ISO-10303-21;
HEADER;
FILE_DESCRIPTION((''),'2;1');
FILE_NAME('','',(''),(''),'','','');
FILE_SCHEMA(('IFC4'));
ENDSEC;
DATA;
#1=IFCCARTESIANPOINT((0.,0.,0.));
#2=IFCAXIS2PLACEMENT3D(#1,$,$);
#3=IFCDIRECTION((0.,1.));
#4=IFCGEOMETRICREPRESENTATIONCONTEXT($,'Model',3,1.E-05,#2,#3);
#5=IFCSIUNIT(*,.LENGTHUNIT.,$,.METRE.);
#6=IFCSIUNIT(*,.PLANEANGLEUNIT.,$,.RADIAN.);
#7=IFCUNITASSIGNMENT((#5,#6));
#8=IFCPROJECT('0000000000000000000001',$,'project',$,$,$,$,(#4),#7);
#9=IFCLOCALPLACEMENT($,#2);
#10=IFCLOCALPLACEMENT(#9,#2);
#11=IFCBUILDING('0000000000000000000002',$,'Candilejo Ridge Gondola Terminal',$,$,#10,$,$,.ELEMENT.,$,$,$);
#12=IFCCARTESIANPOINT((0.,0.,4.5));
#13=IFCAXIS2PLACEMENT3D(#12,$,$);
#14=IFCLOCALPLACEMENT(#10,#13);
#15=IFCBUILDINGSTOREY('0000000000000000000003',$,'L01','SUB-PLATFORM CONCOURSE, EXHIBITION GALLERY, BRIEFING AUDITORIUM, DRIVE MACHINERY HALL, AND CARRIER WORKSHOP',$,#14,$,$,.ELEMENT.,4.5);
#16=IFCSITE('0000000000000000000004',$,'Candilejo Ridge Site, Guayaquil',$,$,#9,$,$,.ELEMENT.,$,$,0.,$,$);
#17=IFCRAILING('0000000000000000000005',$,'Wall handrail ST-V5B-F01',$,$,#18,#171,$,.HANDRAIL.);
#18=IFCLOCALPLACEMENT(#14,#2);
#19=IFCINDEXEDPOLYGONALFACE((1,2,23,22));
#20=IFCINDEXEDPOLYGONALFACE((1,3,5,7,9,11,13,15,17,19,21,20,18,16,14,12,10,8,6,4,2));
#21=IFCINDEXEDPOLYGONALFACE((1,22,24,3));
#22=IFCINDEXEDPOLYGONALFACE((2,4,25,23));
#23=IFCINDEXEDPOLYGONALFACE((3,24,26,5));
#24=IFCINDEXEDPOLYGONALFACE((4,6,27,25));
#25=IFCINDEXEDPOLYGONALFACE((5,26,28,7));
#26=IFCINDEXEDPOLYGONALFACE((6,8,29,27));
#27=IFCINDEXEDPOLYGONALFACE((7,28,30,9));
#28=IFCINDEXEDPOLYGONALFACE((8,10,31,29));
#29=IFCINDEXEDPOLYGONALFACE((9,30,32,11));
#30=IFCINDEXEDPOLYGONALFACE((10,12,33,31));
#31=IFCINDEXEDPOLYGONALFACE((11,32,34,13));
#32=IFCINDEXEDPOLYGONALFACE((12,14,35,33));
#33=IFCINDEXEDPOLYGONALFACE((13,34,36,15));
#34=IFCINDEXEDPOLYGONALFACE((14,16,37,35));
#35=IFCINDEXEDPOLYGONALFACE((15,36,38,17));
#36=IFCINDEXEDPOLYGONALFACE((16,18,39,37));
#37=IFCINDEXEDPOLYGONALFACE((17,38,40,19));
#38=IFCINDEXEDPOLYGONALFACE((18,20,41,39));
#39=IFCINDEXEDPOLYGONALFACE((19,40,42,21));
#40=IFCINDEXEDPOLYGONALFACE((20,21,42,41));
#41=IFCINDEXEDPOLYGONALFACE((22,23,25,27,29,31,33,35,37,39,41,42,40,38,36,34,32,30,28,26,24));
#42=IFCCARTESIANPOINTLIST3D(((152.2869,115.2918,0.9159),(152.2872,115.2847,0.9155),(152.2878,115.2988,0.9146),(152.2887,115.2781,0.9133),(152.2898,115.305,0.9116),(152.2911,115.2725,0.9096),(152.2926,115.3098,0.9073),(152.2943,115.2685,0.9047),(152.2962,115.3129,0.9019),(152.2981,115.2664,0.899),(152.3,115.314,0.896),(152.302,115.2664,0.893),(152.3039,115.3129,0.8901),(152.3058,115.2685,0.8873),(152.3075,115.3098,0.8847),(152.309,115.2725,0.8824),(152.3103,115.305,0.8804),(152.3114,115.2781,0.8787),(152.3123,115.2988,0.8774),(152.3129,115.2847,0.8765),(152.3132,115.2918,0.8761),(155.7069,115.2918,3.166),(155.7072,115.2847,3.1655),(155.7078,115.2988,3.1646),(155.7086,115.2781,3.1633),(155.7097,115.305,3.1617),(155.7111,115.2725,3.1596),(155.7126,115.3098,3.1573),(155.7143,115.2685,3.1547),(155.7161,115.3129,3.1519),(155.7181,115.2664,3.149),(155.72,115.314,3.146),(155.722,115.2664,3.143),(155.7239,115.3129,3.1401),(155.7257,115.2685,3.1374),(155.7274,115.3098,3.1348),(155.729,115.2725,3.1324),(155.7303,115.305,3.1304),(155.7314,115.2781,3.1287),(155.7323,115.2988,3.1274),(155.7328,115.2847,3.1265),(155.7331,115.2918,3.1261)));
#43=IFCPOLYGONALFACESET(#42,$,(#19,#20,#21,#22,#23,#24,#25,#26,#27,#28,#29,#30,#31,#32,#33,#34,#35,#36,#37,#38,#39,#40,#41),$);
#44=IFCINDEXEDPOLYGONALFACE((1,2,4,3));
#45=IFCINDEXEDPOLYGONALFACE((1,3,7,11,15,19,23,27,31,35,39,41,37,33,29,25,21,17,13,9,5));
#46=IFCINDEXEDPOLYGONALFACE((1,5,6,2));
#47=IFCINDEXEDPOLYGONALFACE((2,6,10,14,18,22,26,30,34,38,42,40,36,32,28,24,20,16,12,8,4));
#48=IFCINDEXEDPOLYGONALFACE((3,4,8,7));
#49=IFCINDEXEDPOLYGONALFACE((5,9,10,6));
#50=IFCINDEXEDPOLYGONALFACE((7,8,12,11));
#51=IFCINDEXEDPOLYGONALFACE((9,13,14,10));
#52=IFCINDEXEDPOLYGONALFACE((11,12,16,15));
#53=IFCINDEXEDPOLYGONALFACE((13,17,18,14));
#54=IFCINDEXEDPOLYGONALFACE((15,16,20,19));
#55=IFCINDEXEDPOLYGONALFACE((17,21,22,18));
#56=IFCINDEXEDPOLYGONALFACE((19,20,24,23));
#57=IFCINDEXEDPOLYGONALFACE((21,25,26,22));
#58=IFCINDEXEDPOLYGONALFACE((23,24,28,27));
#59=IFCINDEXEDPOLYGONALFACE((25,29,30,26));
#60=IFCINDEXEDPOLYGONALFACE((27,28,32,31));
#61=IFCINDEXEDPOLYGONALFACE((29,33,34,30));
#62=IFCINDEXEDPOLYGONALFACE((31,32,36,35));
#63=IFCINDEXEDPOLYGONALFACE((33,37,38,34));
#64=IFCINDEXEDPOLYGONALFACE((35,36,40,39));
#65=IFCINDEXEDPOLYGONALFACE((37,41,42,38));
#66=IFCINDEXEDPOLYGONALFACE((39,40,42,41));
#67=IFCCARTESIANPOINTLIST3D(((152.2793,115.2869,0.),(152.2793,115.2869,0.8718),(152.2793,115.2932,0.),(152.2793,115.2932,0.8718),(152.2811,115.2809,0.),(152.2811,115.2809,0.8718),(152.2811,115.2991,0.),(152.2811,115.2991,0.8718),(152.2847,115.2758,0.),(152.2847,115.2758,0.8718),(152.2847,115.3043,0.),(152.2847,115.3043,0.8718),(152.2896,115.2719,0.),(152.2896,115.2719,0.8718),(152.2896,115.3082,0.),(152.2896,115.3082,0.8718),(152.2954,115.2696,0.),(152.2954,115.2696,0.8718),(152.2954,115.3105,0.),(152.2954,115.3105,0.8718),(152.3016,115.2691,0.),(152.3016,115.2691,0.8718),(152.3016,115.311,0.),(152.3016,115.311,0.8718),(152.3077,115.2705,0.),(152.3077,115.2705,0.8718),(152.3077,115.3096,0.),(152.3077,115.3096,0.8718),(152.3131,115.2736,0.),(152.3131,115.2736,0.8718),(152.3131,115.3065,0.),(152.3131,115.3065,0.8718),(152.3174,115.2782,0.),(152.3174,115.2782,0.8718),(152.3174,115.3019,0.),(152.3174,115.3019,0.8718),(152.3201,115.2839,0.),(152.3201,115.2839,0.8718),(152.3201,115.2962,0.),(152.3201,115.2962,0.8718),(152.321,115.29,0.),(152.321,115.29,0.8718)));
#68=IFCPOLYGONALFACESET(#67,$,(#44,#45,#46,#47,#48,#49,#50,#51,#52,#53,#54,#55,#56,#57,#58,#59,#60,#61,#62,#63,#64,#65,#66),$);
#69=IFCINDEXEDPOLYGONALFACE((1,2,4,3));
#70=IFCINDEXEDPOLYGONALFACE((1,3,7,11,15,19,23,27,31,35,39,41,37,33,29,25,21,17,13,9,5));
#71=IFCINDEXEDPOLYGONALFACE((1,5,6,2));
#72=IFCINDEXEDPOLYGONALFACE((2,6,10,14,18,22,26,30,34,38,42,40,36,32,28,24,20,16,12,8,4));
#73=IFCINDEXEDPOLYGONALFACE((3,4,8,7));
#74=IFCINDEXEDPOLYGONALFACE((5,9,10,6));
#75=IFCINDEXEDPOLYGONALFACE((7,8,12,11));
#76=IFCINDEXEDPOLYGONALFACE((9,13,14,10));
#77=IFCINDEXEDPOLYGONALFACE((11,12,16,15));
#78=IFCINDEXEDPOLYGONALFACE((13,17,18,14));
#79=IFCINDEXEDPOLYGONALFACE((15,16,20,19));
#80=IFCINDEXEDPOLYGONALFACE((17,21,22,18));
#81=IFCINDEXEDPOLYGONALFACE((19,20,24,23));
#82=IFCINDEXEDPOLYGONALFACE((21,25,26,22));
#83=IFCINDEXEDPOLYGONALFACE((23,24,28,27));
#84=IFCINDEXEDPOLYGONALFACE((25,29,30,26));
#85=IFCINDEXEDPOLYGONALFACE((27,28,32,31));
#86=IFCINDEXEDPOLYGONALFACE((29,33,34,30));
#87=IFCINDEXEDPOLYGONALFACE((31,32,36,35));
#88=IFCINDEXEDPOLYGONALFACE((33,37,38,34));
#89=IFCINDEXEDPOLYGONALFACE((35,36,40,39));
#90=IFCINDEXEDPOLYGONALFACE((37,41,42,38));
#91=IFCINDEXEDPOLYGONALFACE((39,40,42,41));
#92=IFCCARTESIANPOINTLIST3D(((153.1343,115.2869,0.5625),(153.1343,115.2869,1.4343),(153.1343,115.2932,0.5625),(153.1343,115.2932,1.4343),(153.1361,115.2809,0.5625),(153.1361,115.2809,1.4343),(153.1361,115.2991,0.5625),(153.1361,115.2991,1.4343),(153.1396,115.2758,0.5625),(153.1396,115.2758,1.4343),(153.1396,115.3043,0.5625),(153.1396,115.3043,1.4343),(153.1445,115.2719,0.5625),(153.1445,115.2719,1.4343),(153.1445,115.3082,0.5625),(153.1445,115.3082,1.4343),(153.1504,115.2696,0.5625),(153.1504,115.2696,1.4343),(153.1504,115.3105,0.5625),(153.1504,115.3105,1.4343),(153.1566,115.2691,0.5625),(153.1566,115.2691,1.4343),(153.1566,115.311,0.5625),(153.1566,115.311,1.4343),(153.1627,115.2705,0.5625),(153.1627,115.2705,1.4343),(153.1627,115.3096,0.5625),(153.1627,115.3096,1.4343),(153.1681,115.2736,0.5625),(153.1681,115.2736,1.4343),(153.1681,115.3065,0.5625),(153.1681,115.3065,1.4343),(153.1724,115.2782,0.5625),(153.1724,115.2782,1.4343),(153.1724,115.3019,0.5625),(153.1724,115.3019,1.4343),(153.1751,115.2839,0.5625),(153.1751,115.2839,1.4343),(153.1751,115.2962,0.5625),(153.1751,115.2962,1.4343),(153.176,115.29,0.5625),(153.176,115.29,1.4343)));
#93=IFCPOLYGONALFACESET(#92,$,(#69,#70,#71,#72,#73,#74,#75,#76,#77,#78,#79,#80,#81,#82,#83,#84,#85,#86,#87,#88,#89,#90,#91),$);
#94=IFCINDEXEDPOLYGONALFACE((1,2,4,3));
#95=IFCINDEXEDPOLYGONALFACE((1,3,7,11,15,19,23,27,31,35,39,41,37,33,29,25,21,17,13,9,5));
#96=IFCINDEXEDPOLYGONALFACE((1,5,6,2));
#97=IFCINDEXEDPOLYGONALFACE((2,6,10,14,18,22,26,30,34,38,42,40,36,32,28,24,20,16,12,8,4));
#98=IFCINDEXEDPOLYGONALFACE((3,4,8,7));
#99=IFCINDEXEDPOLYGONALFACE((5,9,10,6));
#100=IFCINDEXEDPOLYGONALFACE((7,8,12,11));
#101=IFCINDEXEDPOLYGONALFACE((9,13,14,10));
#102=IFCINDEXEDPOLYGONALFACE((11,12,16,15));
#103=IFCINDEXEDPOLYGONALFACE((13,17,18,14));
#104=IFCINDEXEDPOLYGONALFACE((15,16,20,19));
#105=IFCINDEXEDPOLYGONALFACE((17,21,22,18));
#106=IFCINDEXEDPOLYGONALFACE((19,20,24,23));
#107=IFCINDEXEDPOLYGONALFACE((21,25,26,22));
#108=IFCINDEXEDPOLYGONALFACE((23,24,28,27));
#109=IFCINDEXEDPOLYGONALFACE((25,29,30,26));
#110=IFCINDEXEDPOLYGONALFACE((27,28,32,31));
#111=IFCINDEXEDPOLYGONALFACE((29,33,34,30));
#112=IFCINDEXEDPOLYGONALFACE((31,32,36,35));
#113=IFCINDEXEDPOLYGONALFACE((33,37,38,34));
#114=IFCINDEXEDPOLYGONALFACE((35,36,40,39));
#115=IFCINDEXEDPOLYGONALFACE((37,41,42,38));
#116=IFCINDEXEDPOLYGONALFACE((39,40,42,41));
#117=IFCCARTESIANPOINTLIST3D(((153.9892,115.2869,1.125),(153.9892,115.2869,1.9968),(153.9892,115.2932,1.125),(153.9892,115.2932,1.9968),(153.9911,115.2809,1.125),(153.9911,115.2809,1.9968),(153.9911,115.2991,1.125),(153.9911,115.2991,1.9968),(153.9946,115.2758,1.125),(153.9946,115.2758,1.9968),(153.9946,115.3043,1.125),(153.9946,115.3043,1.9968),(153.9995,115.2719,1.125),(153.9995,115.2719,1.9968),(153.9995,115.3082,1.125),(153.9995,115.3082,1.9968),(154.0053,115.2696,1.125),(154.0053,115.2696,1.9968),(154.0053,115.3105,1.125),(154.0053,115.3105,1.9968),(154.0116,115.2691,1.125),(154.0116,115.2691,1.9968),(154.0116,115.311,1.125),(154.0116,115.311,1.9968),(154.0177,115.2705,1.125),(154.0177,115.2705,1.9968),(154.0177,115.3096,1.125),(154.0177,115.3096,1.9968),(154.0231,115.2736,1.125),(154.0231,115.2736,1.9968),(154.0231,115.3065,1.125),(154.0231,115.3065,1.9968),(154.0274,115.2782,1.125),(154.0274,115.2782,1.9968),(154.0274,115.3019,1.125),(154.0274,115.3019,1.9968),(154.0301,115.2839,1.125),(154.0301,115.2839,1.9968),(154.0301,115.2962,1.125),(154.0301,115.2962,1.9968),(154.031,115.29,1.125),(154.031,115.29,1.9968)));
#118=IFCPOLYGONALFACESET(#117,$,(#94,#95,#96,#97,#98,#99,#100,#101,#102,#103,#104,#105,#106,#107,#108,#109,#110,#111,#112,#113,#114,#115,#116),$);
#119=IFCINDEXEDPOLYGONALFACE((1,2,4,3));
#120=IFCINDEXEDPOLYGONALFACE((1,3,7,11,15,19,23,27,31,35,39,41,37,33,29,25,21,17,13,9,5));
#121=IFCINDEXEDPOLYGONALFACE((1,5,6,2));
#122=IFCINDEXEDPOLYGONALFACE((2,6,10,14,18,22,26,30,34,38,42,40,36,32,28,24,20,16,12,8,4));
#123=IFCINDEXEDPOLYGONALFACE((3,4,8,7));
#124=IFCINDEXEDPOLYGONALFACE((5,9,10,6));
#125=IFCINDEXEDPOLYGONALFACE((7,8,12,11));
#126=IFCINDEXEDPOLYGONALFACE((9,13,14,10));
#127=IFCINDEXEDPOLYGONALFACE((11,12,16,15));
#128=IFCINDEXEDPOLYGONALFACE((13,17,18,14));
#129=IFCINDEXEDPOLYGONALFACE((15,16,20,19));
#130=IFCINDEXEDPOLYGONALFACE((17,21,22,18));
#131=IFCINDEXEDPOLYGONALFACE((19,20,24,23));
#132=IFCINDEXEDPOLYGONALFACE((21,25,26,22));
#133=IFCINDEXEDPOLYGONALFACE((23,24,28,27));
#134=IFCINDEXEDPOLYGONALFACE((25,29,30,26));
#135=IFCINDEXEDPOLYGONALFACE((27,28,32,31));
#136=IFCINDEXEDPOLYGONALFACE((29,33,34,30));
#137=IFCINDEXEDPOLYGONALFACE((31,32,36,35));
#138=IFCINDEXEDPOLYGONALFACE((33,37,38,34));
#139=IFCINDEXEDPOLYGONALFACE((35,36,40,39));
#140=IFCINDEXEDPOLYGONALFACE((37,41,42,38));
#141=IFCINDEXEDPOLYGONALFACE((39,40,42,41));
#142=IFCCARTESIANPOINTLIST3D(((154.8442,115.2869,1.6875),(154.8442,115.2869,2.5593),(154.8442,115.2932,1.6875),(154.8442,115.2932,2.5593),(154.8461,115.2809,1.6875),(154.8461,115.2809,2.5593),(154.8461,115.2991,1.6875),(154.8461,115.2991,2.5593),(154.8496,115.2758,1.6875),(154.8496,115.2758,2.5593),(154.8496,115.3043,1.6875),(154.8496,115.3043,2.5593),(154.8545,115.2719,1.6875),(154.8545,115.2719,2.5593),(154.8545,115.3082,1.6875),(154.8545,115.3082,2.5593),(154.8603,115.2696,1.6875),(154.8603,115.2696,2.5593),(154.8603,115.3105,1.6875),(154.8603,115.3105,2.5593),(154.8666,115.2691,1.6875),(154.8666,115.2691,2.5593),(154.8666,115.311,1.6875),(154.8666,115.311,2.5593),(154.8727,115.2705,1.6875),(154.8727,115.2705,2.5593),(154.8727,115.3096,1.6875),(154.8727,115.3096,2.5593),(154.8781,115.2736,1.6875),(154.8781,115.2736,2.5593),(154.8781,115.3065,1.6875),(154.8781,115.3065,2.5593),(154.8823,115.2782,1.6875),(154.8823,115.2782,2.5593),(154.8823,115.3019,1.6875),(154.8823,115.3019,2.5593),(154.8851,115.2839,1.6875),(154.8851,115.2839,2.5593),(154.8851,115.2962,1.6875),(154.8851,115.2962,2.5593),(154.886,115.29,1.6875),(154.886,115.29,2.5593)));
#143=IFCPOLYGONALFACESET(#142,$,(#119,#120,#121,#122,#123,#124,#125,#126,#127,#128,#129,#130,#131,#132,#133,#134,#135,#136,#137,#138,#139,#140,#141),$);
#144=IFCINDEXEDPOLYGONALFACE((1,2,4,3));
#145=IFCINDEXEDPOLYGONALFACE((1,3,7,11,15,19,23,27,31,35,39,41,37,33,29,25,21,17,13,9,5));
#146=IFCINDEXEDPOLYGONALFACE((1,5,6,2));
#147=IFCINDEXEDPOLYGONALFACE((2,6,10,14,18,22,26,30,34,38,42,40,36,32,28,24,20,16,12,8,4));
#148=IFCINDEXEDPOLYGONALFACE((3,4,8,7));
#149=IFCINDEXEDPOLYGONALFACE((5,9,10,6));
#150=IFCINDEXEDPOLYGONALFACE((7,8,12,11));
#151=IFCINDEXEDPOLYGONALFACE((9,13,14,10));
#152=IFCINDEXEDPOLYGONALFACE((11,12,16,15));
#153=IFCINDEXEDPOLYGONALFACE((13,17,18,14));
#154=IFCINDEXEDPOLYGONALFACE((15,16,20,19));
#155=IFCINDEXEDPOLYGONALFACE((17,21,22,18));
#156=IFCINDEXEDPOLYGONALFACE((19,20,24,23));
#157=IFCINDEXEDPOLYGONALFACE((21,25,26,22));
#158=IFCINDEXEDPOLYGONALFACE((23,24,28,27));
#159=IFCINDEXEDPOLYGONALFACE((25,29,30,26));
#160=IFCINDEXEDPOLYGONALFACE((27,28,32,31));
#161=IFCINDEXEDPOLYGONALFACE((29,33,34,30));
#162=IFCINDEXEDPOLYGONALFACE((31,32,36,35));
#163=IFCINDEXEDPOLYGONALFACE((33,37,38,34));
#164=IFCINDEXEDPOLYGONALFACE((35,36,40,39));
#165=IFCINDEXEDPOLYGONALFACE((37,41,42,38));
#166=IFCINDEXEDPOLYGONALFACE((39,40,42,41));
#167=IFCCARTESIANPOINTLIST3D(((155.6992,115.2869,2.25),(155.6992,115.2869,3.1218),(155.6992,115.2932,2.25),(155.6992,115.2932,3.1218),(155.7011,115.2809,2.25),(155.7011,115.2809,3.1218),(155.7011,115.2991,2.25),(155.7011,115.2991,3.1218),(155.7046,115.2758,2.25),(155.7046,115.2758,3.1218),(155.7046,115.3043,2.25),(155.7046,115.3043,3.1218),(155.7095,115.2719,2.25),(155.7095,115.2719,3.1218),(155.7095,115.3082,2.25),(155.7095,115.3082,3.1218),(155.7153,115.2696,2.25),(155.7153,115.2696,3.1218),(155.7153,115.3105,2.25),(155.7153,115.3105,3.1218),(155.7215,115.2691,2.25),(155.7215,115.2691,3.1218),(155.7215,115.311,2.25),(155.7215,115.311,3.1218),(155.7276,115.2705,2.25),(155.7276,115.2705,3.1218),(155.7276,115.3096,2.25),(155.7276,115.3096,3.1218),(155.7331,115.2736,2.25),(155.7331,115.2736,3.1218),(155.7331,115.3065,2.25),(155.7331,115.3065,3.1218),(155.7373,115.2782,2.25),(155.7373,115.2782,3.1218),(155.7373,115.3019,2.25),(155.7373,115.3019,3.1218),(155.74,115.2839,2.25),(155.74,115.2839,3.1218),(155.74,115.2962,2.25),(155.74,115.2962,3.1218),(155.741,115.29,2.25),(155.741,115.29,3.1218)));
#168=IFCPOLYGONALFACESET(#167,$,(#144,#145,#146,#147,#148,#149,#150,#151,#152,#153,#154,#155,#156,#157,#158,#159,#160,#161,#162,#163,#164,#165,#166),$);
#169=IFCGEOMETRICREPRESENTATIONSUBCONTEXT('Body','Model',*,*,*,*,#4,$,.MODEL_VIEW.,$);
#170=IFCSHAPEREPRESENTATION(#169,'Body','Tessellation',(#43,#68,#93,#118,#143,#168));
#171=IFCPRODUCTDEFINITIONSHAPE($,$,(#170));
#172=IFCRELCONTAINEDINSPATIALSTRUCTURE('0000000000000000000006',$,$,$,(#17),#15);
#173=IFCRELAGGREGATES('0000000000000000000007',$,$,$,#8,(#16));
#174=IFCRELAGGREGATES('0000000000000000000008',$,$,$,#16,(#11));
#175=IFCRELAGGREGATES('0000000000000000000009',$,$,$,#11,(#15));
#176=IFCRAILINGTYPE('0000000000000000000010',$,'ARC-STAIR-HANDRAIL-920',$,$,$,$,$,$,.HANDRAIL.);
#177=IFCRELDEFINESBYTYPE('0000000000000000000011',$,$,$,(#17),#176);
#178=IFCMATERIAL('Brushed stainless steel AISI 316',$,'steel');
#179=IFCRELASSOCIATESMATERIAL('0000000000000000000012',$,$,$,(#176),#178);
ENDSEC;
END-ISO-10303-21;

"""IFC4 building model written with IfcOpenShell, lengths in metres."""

from ifc_helpers import new_model, si_unit, direction, frame, origin, origin_2d, place, context, subcontext, project, spatial, circle, extrude, material, type_object, element, save


model = new_model("IFC4")

# Units and contexts
model_context = context("Model", 3, precision=1e-05, world=origin(), true_north=direction((0.0, 1.0)))
body_context = subcontext(model_context, "Body", "Model", "MODEL_VIEW")
ifc_project = project(units=[si_unit("LENGTHUNIT", "METRE"), si_unit("PLANEANGLEUNIT", "RADIAN")], contexts=[model_context])

# Site, building, storey
site_placement = place(None, origin())
site = spatial("IfcSite", under=ifc_project, at=site_placement, Name="Candilejo Ridge Site, Guayaquil", CompositionType="ELEMENT", RefElevation=0.0)
building_placement = place(site_placement, origin())
building = spatial("IfcBuilding", under=site, at=building_placement, Name="Candilejo Ridge Gondola Terminal", CompositionType="ELEMENT")
storey_placement = place(building_placement, frame((0.0, 0.0, 4.5)))
storey = spatial("IfcBuildingStorey", under=building, at=storey_placement, Name="L01", Description="SUB-PLATFORM CONCOURSE, EXHIBITION GALLERY, BRIEFING AUDITORIUM, DRIVE MACHINERY HALL, AND CARRIER WORKSHOP", CompositionType="ELEMENT", Elevation=4.5)

# Railing
ifc_material_1 = material(Name="Brushed stainless steel AISI 316", Category="steel")
railing_type_1 = type_object("IfcRailingType", Name="ARC-STAIR-HANDRAIL-920", PredefinedType="HANDRAIL", material=ifc_material_1)
railing_1_placement = place(storey_placement, frame((152.3, 115.29, 0.0)))
element("IfcRailing", 1, at=railing_1_placement, inside=storey, type_object=railing_type_1, Name="Wall handrail ST-V5B-F01", PredefinedType="HANDRAIL", context=body_context, shape_type="SweptSolid", body=[
    extrude(circle(Radius=0.0239, at=origin_2d()), frame((0.0, 0.0, 0.896), z_axis=(0.835411, 0.0, 0.549625), x_axis=(0.0, 1.0, 0.0)), (0.0, 0.0, 1.0), 4.0938),
    extrude(circle(Radius=0.021, at=origin_2d()), origin(), (0.0, 0.0, 1.0), 0.8718),
    extrude(circle(Radius=0.021, at=origin_2d()), frame((0.855, 0.0, 0.5625)), (0.0, 0.0, 1.0), 0.8718),
    extrude(circle(Radius=0.021, at=origin_2d()), frame((1.71, 0.0, 1.125)), (0.0, 0.0, 1.0), 0.8718),
    extrude(circle(Radius=0.021, at=origin_2d()), frame((2.5649, 0.0, 1.6875)), (0.0, 0.0, 1.0), 0.8718),
    extrude(circle(Radius=0.021, at=origin_2d()), frame((3.4199, 0.0, 2.25)), (0.0, 0.0, 1.0), 0.8718),
])

save(model, "model.ifc")
